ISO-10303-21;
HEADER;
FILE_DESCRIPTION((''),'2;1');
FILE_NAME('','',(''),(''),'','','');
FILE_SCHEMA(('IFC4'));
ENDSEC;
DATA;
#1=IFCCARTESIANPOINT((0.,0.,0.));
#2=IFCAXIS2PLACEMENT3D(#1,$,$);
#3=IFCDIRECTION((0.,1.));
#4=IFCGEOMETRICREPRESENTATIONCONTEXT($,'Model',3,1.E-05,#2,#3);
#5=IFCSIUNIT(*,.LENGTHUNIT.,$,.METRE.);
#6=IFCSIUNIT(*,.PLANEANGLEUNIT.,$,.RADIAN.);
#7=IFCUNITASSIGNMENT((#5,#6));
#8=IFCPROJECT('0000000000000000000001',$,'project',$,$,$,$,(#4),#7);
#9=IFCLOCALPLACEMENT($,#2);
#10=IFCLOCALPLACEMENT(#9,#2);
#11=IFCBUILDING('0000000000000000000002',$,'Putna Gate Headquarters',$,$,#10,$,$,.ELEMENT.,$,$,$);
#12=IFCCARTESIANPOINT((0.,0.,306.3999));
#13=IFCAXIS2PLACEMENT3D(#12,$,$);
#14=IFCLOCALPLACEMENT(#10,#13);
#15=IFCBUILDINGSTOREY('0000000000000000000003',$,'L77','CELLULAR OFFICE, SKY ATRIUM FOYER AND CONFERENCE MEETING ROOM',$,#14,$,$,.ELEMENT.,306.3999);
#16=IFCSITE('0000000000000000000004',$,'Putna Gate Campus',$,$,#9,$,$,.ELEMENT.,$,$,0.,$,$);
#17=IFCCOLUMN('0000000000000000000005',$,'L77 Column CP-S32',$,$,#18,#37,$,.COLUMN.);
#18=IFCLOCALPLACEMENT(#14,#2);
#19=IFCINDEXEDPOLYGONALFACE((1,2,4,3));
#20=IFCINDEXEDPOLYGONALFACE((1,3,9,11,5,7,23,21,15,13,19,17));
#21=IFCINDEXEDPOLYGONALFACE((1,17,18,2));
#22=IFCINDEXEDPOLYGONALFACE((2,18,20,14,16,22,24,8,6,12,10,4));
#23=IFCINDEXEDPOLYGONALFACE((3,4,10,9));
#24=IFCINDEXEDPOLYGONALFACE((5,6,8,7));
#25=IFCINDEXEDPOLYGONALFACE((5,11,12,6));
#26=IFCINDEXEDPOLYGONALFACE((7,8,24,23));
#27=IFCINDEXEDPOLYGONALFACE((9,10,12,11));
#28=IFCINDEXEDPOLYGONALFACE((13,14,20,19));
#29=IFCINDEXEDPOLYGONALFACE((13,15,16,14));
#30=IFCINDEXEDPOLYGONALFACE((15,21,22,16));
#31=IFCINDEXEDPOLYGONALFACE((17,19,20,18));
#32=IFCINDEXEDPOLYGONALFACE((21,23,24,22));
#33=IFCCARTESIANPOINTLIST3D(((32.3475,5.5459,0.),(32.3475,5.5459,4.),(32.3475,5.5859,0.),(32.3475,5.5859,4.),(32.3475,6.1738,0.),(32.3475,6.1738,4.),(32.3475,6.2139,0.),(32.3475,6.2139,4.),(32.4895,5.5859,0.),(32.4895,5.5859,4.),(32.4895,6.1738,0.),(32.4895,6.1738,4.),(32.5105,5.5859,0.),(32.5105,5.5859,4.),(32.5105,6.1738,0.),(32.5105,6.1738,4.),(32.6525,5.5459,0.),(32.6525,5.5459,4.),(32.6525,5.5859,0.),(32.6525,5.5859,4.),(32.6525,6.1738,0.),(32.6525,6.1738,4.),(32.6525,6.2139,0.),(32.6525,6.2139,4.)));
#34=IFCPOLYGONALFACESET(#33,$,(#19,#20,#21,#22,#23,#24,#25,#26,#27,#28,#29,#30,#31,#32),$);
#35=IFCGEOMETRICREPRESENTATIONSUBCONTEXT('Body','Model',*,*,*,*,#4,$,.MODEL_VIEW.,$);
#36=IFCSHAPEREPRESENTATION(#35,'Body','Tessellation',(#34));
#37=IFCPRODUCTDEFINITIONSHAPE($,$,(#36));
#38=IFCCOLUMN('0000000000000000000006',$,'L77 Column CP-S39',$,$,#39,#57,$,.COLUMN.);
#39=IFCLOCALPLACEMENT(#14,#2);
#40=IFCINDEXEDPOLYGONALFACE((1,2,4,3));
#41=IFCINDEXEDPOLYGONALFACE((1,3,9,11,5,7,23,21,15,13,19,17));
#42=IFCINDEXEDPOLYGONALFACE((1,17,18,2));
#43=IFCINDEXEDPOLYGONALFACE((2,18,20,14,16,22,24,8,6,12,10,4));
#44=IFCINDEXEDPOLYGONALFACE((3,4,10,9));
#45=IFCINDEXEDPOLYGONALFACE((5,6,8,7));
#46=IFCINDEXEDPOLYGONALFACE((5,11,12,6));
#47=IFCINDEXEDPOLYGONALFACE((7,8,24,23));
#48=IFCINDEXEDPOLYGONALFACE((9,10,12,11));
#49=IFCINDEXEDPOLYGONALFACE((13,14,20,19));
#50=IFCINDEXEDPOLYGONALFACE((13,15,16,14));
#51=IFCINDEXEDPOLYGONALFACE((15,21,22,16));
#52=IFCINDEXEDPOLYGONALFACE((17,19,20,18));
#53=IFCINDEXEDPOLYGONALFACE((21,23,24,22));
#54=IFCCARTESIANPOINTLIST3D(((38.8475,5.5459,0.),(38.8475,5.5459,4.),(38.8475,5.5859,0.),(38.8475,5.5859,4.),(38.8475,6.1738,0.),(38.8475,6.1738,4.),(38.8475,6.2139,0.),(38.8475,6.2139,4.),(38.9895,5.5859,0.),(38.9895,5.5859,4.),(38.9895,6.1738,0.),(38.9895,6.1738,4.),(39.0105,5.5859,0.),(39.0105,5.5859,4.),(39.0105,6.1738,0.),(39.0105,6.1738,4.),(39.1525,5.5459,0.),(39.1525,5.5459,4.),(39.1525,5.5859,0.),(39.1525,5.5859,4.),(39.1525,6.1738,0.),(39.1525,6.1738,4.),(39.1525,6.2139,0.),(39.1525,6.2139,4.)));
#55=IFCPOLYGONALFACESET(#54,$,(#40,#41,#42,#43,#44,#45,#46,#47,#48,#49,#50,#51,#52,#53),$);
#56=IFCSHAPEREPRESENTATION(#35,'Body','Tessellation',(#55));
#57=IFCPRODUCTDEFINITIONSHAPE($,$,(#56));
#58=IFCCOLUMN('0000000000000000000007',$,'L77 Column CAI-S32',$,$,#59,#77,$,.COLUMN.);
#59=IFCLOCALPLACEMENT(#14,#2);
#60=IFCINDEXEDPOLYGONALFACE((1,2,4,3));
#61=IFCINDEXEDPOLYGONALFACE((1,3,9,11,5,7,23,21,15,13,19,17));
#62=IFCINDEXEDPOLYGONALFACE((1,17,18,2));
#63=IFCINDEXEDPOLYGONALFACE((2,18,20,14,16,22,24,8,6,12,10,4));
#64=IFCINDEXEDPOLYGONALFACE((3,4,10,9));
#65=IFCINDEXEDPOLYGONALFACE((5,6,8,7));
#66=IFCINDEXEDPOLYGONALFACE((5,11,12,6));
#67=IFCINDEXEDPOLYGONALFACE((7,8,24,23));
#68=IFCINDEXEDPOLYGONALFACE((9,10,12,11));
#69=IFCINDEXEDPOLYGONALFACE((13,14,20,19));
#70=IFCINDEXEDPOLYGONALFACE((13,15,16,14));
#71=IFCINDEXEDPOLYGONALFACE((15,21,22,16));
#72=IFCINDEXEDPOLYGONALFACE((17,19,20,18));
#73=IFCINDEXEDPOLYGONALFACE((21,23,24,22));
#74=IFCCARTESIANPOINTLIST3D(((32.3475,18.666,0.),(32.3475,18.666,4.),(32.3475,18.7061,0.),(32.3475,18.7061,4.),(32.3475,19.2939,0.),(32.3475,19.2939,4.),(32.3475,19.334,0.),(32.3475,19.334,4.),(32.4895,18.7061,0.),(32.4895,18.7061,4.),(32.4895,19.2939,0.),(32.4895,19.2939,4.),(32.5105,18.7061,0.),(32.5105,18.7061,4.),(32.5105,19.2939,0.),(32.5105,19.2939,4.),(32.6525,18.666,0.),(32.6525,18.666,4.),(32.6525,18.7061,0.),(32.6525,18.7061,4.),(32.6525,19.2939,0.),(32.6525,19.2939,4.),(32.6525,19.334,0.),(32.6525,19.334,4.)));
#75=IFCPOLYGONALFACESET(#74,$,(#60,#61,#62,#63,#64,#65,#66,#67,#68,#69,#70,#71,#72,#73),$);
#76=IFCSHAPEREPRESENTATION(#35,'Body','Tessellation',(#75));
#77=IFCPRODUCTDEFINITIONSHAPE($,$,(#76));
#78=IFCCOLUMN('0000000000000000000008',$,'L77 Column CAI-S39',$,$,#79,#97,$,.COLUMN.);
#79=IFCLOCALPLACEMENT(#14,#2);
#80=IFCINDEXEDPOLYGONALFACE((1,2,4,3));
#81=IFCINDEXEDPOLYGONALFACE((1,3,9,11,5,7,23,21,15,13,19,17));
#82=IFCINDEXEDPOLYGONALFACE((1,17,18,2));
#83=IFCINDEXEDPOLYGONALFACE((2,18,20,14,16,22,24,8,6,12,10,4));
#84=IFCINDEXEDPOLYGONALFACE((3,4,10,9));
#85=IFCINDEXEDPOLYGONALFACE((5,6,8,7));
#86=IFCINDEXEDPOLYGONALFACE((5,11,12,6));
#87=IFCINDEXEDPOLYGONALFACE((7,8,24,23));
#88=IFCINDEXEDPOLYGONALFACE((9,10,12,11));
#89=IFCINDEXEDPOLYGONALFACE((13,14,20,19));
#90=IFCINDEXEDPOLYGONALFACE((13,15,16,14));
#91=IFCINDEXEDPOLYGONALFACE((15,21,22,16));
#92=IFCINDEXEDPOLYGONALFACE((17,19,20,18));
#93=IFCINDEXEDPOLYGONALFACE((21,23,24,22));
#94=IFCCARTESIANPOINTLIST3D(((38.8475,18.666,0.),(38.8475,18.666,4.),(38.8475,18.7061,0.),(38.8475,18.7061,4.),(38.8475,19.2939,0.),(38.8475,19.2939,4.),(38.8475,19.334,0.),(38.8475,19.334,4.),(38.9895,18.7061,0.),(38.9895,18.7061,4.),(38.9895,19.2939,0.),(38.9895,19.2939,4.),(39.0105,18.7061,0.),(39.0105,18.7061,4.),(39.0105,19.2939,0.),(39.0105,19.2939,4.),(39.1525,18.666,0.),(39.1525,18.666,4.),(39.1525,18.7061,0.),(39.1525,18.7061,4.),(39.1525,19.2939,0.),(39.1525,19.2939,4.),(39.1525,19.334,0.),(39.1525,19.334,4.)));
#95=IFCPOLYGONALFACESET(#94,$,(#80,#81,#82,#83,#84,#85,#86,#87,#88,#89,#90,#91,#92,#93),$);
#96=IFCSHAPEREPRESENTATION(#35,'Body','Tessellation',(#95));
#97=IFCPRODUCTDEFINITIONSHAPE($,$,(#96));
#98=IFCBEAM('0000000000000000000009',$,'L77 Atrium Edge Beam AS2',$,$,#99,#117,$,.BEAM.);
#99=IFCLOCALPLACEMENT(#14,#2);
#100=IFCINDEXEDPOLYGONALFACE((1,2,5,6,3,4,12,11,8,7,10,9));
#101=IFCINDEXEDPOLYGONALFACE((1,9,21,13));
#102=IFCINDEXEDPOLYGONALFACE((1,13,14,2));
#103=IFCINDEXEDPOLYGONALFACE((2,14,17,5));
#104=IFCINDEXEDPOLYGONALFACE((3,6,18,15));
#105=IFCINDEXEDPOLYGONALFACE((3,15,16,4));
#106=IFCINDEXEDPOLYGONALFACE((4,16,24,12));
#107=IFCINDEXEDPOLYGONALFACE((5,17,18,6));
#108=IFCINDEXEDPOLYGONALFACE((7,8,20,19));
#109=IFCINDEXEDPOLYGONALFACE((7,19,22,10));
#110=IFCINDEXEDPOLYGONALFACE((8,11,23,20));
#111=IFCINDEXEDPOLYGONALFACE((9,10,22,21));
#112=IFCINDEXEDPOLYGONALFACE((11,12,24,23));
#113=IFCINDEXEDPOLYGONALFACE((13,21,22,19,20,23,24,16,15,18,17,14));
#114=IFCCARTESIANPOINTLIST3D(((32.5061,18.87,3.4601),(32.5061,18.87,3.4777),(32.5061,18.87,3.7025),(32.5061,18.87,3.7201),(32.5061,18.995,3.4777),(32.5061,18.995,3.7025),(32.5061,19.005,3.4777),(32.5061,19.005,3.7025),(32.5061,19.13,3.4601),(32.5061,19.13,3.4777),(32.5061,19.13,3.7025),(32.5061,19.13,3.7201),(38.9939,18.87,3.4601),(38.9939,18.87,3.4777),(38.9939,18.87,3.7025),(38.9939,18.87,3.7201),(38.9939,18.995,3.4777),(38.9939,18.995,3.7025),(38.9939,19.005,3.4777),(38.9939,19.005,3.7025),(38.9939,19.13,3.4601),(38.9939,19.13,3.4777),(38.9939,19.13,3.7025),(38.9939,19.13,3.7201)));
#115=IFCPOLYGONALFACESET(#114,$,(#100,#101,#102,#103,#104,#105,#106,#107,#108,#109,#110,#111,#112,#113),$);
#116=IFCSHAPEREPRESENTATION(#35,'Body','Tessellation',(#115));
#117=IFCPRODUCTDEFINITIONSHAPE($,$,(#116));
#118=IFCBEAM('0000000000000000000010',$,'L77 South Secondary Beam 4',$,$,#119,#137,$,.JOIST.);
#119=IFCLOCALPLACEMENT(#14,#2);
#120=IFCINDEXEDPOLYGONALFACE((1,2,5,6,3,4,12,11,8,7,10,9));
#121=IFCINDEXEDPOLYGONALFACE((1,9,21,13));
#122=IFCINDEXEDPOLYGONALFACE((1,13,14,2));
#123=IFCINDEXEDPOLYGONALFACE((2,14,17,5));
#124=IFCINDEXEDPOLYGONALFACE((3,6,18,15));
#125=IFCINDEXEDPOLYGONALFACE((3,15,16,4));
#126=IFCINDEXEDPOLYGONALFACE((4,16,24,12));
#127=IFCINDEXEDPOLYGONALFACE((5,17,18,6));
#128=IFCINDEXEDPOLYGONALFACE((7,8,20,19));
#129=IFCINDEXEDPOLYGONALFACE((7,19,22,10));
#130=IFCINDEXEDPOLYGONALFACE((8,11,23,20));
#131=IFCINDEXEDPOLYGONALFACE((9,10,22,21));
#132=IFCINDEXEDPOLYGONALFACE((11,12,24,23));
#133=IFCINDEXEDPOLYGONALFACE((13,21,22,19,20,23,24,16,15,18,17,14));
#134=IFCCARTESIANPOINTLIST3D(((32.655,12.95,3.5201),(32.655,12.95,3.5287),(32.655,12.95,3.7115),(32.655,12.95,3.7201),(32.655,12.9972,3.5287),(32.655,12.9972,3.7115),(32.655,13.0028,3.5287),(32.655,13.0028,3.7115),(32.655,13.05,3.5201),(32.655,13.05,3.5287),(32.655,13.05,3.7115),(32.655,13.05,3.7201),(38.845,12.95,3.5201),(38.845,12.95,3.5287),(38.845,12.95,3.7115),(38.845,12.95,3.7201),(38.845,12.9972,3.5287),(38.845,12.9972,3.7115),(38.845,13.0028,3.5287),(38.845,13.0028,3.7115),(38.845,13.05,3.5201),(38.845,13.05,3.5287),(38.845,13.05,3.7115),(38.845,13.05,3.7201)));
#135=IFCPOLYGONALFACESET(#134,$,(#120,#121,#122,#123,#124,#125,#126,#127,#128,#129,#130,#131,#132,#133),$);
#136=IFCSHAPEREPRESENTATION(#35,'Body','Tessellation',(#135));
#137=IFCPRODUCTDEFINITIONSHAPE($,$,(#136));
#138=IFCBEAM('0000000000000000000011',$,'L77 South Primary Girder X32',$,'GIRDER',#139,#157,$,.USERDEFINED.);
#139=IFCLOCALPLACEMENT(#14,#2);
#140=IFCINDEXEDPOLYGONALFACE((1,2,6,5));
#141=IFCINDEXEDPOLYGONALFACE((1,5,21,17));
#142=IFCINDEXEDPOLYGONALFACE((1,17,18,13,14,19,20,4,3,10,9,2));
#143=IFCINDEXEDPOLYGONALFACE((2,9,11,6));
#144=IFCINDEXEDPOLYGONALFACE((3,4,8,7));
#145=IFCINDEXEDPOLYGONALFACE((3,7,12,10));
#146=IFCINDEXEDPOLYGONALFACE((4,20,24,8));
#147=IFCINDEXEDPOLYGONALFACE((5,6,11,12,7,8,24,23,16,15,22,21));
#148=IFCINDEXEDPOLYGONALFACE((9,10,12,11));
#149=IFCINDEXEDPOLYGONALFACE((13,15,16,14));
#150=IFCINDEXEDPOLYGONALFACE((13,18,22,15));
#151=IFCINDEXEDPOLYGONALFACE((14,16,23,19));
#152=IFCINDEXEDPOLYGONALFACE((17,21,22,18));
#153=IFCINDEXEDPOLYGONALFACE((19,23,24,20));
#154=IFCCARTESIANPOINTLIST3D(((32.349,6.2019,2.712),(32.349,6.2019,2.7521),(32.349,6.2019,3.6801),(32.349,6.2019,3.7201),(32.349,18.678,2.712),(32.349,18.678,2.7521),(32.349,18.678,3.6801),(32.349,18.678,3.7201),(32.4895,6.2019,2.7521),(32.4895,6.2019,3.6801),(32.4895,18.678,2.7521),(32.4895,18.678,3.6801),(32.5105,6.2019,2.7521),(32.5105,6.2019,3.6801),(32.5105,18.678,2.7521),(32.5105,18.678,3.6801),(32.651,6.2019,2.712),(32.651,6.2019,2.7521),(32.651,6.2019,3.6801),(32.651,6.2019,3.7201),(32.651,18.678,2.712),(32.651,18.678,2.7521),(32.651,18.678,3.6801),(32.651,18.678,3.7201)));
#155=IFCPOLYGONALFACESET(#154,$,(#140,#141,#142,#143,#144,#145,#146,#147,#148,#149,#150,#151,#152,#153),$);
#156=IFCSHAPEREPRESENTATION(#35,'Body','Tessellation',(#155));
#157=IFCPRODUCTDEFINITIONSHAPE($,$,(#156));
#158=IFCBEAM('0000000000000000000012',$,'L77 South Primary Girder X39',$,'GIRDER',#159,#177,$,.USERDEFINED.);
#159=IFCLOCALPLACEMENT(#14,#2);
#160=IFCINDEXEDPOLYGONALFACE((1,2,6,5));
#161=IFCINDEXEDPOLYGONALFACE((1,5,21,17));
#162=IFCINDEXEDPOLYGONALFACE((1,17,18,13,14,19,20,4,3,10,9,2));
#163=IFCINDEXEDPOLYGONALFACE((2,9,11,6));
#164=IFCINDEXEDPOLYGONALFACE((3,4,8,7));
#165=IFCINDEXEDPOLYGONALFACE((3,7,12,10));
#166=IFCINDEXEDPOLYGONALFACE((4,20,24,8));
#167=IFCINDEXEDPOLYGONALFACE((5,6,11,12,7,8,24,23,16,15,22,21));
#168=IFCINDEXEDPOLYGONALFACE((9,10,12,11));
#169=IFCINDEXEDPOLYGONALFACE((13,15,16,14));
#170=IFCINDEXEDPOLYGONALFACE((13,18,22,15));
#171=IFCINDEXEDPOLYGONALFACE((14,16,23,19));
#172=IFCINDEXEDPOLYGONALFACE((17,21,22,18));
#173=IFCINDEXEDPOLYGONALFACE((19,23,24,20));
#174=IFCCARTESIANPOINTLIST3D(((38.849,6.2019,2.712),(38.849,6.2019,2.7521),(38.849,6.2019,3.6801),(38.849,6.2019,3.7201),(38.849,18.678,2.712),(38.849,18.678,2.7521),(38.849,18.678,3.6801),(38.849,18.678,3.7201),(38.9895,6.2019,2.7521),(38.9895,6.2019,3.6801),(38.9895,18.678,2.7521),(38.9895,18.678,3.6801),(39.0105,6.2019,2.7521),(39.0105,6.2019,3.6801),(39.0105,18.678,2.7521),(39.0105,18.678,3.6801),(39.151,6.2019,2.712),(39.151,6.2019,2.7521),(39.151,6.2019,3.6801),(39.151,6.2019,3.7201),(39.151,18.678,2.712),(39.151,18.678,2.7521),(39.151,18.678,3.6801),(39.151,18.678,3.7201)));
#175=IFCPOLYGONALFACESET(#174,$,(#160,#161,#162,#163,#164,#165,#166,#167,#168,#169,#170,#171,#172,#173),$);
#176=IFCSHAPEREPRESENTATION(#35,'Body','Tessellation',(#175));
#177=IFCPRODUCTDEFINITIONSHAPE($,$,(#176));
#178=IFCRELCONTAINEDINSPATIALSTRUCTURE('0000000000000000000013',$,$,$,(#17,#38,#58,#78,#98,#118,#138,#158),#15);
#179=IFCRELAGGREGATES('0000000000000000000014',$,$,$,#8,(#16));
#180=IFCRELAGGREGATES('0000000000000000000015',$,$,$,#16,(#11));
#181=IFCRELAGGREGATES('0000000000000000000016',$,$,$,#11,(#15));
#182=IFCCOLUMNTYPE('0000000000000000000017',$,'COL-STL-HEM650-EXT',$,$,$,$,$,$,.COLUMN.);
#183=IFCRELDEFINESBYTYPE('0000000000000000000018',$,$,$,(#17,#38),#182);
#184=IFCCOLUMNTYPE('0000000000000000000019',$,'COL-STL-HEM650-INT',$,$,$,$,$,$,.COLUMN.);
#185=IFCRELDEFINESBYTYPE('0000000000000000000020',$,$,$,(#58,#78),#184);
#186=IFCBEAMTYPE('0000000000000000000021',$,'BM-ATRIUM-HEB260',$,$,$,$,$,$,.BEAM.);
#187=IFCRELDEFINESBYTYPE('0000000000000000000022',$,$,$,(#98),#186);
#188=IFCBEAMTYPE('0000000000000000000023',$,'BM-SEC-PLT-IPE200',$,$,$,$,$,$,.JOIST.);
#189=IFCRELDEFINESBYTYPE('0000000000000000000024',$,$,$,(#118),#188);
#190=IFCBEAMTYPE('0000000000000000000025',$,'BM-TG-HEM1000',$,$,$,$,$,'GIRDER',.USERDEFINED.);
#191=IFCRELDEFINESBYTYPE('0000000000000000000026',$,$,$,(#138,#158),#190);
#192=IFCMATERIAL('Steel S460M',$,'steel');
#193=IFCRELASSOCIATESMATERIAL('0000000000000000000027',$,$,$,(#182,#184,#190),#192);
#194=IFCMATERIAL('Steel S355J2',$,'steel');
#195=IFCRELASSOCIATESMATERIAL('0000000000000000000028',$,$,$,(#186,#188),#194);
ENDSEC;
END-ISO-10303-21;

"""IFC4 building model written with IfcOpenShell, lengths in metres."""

from ifc_helpers import new_model, si_unit, direction, frame, origin, origin_2d, place, context, subcontext, project, spatial, i_section, extrude, material, material_profile, profile_set, type_object, element, save


model = new_model("IFC4")

# Units and contexts
model_context = context("Model", 3, precision=1e-05, world=origin(), true_north=direction((0.0, 1.0)))
body_context = subcontext(model_context, "Body", "Model", "MODEL_VIEW")
ifc_project = project(units=[si_unit("LENGTHUNIT", "METRE"), si_unit("PLANEANGLEUNIT", "RADIAN")], contexts=[model_context])

# Site, building, storey
site_placement = place(None, origin())
site = spatial("IfcSite", under=ifc_project, at=site_placement, Name="Putna Gate Campus", CompositionType="ELEMENT", RefElevation=0.0)
building_placement = place(site_placement, origin())
building = spatial("IfcBuilding", under=site, at=building_placement, Name="Putna Gate Headquarters", CompositionType="ELEMENT")
storey_placement = place(building_placement, frame((0.0, 0.0, 306.3999)))
storey = spatial("IfcBuildingStorey", under=building, at=storey_placement, Name="L77", Description="CELLULAR OFFICE, SKY ATRIUM FOYER AND CONFERENCE MEETING ROOM", CompositionType="ELEMENT", Elevation=306.3999)

# Columns
ifc_material_1 = material(Name="Steel S460M", Category="steel")
ifc_material_profile_1 = material_profile(ifc_material_1, i_section(OverallWidth=0.3049, OverallDepth=0.668, WebThickness=0.021, FlangeThickness=0.04, at=origin_2d()), Name="Steel S460M")
ifc_profile_set_1 = profile_set([ifc_material_profile_1], Name="Steel S460M")
column_type_1 = type_object("IfcColumnType", Name="COL-STL-HEM650-EXT", PredefinedType="COLUMN", material=ifc_profile_set_1)
for number, where, z_axis, x_axis, name in (
    (1, (32.5, 5.8799, 0.0), (0.0, 0.0, 1.0), (1.0, 0.0, 0.0), "L77 Column CP-S32"),
    (2, (39.0, 5.8799, 0.0), (0.0, 0.0, 1.0), (1.0, 0.0, 0.0), "L77 Column CP-S39"),
):
    element("IfcColumn", number, at=place(storey_placement, frame(where, z_axis=z_axis, x_axis=x_axis)), inside=storey, type_object=column_type_1, Name=name, PredefinedType="COLUMN", context=body_context, shape_type="SweptSolid", body=[
        extrude(i_section(OverallWidth=0.3049, OverallDepth=0.668, WebThickness=0.021, FlangeThickness=0.04, at=origin_2d()), origin(), (0.0, 0.0, 1.0), 4.0),
    ])
ifc_material_profile_2 = material_profile(ifc_material_1, i_section(OverallWidth=0.3049, OverallDepth=0.668, WebThickness=0.021, FlangeThickness=0.04, at=origin_2d()), Name="Steel S460M")
ifc_profile_set_2 = profile_set([ifc_material_profile_2], Name="Steel S460M")
column_type_2 = type_object("IfcColumnType", Name="COL-STL-HEM650-INT", PredefinedType="COLUMN", material=ifc_profile_set_2)
for number, where, z_axis, x_axis, name in (
    (3, (32.5, 19.0, 0.0), (0.0, 0.0, 1.0), (1.0, 0.0, 0.0), "L77 Column CAI-S32"),
    (4, (39.0, 19.0, 0.0), (0.0, 0.0, 1.0), (1.0, 0.0, 0.0), "L77 Column CAI-S39"),
):
    element("IfcColumn", number, at=place(storey_placement, frame(where, z_axis=z_axis, x_axis=x_axis)), inside=storey, type_object=column_type_2, Name=name, PredefinedType="COLUMN", context=body_context, shape_type="SweptSolid", body=[
        extrude(i_section(OverallWidth=0.3049, OverallDepth=0.668, WebThickness=0.021, FlangeThickness=0.04, at=origin_2d()), origin(), (0.0, 0.0, 1.0), 4.0),
    ])

# Beams
ifc_material_2 = material(Name="Steel S355J2", Category="steel")
ifc_material_profile_3 = material_profile(ifc_material_2, i_section(OverallWidth=0.26, OverallDepth=0.26, WebThickness=0.01, FlangeThickness=0.0176, at=origin_2d()), Name="Steel S355J2")
ifc_profile_set_3 = profile_set([ifc_material_profile_3], Name="Steel S355J2")
beam_type_1 = type_object("IfcBeamType", Name="BM-ATRIUM-HEB260", PredefinedType="BEAM", material=ifc_profile_set_3)
beam_1_placement = place(storey_placement, frame((32.5061, 19.0, 3.5901), z_axis=(1.0, 0.0, 0.0), x_axis=(0.0, 1.0, 0.0)))
element("IfcBeam", 5, at=beam_1_placement, inside=storey, type_object=beam_type_1, Name="L77 Atrium Edge Beam AS2", PredefinedType="BEAM", context=body_context, shape_type="SweptSolid", body=[
    extrude(i_section(OverallWidth=0.26, OverallDepth=0.26, WebThickness=0.01, FlangeThickness=0.0176, at=origin_2d()), origin(), (0.0, 0.0, 1.0), 6.4878),
])
ifc_material_profile_4 = material_profile(ifc_material_2, i_section(OverallWidth=0.1001, OverallDepth=0.2, WebThickness=0.0056, FlangeThickness=0.0085, at=origin_2d()), Name="Steel S355J2")
ifc_profile_set_4 = profile_set([ifc_material_profile_4], Name="Steel S355J2")
beam_type_2 = type_object("IfcBeamType", Name="BM-SEC-PLT-IPE200", PredefinedType="JOIST", material=ifc_profile_set_4)
beam_2_placement = place(storey_placement, frame((32.655, 13.0, 3.6201), z_axis=(1.0, 0.0, 0.0), x_axis=(0.0, 1.0, 0.0)))
element("IfcBeam", 6, at=beam_2_placement, inside=storey, type_object=beam_type_2, Name="L77 South Secondary Beam 4", PredefinedType="JOIST", context=body_context, shape_type="SweptSolid", body=[
    extrude(i_section(OverallWidth=0.1001, OverallDepth=0.2, WebThickness=0.0056, FlangeThickness=0.0085, at=origin_2d()), origin(), (0.0, 0.0, 1.0), 6.1899),
])
ifc_material_profile_5 = material_profile(ifc_material_1, i_section(OverallWidth=0.302, OverallDepth=1.0081, WebThickness=0.021, FlangeThickness=0.04, at=origin_2d()), Name="Steel S460M")
ifc_profile_set_5 = profile_set([ifc_material_profile_5], Name="Steel S460M")
beam_type_3 = type_object("IfcBeamType", Name="BM-TG-HEM1000", ElementType="GIRDER", PredefinedType="USERDEFINED", material=ifc_profile_set_5)
for number, where, z_axis, x_axis, name in (
    (7, (32.5, 6.2019, 3.2161), (0.0, 1.0, 0.0), (-1.0, 0.0, 0.0), "L77 South Primary Girder X32"),
    (8, (39.0, 6.2019, 3.2161), (0.0, 1.0, 0.0), (-1.0, 0.0, 0.0), "L77 South Primary Girder X39"),
):
    element("IfcBeam", number, at=place(storey_placement, frame(where, z_axis=z_axis, x_axis=x_axis)), inside=storey, type_object=beam_type_3, Name=name, ObjectType="GIRDER", PredefinedType="USERDEFINED", context=body_context, shape_type="SweptSolid", body=[
        extrude(i_section(OverallWidth=0.302, OverallDepth=1.0081, WebThickness=0.021, FlangeThickness=0.04, at=origin_2d()), origin(), (0.0, 0.0, 1.0), 12.4761),
    ])

save(model, "model.ifc")
